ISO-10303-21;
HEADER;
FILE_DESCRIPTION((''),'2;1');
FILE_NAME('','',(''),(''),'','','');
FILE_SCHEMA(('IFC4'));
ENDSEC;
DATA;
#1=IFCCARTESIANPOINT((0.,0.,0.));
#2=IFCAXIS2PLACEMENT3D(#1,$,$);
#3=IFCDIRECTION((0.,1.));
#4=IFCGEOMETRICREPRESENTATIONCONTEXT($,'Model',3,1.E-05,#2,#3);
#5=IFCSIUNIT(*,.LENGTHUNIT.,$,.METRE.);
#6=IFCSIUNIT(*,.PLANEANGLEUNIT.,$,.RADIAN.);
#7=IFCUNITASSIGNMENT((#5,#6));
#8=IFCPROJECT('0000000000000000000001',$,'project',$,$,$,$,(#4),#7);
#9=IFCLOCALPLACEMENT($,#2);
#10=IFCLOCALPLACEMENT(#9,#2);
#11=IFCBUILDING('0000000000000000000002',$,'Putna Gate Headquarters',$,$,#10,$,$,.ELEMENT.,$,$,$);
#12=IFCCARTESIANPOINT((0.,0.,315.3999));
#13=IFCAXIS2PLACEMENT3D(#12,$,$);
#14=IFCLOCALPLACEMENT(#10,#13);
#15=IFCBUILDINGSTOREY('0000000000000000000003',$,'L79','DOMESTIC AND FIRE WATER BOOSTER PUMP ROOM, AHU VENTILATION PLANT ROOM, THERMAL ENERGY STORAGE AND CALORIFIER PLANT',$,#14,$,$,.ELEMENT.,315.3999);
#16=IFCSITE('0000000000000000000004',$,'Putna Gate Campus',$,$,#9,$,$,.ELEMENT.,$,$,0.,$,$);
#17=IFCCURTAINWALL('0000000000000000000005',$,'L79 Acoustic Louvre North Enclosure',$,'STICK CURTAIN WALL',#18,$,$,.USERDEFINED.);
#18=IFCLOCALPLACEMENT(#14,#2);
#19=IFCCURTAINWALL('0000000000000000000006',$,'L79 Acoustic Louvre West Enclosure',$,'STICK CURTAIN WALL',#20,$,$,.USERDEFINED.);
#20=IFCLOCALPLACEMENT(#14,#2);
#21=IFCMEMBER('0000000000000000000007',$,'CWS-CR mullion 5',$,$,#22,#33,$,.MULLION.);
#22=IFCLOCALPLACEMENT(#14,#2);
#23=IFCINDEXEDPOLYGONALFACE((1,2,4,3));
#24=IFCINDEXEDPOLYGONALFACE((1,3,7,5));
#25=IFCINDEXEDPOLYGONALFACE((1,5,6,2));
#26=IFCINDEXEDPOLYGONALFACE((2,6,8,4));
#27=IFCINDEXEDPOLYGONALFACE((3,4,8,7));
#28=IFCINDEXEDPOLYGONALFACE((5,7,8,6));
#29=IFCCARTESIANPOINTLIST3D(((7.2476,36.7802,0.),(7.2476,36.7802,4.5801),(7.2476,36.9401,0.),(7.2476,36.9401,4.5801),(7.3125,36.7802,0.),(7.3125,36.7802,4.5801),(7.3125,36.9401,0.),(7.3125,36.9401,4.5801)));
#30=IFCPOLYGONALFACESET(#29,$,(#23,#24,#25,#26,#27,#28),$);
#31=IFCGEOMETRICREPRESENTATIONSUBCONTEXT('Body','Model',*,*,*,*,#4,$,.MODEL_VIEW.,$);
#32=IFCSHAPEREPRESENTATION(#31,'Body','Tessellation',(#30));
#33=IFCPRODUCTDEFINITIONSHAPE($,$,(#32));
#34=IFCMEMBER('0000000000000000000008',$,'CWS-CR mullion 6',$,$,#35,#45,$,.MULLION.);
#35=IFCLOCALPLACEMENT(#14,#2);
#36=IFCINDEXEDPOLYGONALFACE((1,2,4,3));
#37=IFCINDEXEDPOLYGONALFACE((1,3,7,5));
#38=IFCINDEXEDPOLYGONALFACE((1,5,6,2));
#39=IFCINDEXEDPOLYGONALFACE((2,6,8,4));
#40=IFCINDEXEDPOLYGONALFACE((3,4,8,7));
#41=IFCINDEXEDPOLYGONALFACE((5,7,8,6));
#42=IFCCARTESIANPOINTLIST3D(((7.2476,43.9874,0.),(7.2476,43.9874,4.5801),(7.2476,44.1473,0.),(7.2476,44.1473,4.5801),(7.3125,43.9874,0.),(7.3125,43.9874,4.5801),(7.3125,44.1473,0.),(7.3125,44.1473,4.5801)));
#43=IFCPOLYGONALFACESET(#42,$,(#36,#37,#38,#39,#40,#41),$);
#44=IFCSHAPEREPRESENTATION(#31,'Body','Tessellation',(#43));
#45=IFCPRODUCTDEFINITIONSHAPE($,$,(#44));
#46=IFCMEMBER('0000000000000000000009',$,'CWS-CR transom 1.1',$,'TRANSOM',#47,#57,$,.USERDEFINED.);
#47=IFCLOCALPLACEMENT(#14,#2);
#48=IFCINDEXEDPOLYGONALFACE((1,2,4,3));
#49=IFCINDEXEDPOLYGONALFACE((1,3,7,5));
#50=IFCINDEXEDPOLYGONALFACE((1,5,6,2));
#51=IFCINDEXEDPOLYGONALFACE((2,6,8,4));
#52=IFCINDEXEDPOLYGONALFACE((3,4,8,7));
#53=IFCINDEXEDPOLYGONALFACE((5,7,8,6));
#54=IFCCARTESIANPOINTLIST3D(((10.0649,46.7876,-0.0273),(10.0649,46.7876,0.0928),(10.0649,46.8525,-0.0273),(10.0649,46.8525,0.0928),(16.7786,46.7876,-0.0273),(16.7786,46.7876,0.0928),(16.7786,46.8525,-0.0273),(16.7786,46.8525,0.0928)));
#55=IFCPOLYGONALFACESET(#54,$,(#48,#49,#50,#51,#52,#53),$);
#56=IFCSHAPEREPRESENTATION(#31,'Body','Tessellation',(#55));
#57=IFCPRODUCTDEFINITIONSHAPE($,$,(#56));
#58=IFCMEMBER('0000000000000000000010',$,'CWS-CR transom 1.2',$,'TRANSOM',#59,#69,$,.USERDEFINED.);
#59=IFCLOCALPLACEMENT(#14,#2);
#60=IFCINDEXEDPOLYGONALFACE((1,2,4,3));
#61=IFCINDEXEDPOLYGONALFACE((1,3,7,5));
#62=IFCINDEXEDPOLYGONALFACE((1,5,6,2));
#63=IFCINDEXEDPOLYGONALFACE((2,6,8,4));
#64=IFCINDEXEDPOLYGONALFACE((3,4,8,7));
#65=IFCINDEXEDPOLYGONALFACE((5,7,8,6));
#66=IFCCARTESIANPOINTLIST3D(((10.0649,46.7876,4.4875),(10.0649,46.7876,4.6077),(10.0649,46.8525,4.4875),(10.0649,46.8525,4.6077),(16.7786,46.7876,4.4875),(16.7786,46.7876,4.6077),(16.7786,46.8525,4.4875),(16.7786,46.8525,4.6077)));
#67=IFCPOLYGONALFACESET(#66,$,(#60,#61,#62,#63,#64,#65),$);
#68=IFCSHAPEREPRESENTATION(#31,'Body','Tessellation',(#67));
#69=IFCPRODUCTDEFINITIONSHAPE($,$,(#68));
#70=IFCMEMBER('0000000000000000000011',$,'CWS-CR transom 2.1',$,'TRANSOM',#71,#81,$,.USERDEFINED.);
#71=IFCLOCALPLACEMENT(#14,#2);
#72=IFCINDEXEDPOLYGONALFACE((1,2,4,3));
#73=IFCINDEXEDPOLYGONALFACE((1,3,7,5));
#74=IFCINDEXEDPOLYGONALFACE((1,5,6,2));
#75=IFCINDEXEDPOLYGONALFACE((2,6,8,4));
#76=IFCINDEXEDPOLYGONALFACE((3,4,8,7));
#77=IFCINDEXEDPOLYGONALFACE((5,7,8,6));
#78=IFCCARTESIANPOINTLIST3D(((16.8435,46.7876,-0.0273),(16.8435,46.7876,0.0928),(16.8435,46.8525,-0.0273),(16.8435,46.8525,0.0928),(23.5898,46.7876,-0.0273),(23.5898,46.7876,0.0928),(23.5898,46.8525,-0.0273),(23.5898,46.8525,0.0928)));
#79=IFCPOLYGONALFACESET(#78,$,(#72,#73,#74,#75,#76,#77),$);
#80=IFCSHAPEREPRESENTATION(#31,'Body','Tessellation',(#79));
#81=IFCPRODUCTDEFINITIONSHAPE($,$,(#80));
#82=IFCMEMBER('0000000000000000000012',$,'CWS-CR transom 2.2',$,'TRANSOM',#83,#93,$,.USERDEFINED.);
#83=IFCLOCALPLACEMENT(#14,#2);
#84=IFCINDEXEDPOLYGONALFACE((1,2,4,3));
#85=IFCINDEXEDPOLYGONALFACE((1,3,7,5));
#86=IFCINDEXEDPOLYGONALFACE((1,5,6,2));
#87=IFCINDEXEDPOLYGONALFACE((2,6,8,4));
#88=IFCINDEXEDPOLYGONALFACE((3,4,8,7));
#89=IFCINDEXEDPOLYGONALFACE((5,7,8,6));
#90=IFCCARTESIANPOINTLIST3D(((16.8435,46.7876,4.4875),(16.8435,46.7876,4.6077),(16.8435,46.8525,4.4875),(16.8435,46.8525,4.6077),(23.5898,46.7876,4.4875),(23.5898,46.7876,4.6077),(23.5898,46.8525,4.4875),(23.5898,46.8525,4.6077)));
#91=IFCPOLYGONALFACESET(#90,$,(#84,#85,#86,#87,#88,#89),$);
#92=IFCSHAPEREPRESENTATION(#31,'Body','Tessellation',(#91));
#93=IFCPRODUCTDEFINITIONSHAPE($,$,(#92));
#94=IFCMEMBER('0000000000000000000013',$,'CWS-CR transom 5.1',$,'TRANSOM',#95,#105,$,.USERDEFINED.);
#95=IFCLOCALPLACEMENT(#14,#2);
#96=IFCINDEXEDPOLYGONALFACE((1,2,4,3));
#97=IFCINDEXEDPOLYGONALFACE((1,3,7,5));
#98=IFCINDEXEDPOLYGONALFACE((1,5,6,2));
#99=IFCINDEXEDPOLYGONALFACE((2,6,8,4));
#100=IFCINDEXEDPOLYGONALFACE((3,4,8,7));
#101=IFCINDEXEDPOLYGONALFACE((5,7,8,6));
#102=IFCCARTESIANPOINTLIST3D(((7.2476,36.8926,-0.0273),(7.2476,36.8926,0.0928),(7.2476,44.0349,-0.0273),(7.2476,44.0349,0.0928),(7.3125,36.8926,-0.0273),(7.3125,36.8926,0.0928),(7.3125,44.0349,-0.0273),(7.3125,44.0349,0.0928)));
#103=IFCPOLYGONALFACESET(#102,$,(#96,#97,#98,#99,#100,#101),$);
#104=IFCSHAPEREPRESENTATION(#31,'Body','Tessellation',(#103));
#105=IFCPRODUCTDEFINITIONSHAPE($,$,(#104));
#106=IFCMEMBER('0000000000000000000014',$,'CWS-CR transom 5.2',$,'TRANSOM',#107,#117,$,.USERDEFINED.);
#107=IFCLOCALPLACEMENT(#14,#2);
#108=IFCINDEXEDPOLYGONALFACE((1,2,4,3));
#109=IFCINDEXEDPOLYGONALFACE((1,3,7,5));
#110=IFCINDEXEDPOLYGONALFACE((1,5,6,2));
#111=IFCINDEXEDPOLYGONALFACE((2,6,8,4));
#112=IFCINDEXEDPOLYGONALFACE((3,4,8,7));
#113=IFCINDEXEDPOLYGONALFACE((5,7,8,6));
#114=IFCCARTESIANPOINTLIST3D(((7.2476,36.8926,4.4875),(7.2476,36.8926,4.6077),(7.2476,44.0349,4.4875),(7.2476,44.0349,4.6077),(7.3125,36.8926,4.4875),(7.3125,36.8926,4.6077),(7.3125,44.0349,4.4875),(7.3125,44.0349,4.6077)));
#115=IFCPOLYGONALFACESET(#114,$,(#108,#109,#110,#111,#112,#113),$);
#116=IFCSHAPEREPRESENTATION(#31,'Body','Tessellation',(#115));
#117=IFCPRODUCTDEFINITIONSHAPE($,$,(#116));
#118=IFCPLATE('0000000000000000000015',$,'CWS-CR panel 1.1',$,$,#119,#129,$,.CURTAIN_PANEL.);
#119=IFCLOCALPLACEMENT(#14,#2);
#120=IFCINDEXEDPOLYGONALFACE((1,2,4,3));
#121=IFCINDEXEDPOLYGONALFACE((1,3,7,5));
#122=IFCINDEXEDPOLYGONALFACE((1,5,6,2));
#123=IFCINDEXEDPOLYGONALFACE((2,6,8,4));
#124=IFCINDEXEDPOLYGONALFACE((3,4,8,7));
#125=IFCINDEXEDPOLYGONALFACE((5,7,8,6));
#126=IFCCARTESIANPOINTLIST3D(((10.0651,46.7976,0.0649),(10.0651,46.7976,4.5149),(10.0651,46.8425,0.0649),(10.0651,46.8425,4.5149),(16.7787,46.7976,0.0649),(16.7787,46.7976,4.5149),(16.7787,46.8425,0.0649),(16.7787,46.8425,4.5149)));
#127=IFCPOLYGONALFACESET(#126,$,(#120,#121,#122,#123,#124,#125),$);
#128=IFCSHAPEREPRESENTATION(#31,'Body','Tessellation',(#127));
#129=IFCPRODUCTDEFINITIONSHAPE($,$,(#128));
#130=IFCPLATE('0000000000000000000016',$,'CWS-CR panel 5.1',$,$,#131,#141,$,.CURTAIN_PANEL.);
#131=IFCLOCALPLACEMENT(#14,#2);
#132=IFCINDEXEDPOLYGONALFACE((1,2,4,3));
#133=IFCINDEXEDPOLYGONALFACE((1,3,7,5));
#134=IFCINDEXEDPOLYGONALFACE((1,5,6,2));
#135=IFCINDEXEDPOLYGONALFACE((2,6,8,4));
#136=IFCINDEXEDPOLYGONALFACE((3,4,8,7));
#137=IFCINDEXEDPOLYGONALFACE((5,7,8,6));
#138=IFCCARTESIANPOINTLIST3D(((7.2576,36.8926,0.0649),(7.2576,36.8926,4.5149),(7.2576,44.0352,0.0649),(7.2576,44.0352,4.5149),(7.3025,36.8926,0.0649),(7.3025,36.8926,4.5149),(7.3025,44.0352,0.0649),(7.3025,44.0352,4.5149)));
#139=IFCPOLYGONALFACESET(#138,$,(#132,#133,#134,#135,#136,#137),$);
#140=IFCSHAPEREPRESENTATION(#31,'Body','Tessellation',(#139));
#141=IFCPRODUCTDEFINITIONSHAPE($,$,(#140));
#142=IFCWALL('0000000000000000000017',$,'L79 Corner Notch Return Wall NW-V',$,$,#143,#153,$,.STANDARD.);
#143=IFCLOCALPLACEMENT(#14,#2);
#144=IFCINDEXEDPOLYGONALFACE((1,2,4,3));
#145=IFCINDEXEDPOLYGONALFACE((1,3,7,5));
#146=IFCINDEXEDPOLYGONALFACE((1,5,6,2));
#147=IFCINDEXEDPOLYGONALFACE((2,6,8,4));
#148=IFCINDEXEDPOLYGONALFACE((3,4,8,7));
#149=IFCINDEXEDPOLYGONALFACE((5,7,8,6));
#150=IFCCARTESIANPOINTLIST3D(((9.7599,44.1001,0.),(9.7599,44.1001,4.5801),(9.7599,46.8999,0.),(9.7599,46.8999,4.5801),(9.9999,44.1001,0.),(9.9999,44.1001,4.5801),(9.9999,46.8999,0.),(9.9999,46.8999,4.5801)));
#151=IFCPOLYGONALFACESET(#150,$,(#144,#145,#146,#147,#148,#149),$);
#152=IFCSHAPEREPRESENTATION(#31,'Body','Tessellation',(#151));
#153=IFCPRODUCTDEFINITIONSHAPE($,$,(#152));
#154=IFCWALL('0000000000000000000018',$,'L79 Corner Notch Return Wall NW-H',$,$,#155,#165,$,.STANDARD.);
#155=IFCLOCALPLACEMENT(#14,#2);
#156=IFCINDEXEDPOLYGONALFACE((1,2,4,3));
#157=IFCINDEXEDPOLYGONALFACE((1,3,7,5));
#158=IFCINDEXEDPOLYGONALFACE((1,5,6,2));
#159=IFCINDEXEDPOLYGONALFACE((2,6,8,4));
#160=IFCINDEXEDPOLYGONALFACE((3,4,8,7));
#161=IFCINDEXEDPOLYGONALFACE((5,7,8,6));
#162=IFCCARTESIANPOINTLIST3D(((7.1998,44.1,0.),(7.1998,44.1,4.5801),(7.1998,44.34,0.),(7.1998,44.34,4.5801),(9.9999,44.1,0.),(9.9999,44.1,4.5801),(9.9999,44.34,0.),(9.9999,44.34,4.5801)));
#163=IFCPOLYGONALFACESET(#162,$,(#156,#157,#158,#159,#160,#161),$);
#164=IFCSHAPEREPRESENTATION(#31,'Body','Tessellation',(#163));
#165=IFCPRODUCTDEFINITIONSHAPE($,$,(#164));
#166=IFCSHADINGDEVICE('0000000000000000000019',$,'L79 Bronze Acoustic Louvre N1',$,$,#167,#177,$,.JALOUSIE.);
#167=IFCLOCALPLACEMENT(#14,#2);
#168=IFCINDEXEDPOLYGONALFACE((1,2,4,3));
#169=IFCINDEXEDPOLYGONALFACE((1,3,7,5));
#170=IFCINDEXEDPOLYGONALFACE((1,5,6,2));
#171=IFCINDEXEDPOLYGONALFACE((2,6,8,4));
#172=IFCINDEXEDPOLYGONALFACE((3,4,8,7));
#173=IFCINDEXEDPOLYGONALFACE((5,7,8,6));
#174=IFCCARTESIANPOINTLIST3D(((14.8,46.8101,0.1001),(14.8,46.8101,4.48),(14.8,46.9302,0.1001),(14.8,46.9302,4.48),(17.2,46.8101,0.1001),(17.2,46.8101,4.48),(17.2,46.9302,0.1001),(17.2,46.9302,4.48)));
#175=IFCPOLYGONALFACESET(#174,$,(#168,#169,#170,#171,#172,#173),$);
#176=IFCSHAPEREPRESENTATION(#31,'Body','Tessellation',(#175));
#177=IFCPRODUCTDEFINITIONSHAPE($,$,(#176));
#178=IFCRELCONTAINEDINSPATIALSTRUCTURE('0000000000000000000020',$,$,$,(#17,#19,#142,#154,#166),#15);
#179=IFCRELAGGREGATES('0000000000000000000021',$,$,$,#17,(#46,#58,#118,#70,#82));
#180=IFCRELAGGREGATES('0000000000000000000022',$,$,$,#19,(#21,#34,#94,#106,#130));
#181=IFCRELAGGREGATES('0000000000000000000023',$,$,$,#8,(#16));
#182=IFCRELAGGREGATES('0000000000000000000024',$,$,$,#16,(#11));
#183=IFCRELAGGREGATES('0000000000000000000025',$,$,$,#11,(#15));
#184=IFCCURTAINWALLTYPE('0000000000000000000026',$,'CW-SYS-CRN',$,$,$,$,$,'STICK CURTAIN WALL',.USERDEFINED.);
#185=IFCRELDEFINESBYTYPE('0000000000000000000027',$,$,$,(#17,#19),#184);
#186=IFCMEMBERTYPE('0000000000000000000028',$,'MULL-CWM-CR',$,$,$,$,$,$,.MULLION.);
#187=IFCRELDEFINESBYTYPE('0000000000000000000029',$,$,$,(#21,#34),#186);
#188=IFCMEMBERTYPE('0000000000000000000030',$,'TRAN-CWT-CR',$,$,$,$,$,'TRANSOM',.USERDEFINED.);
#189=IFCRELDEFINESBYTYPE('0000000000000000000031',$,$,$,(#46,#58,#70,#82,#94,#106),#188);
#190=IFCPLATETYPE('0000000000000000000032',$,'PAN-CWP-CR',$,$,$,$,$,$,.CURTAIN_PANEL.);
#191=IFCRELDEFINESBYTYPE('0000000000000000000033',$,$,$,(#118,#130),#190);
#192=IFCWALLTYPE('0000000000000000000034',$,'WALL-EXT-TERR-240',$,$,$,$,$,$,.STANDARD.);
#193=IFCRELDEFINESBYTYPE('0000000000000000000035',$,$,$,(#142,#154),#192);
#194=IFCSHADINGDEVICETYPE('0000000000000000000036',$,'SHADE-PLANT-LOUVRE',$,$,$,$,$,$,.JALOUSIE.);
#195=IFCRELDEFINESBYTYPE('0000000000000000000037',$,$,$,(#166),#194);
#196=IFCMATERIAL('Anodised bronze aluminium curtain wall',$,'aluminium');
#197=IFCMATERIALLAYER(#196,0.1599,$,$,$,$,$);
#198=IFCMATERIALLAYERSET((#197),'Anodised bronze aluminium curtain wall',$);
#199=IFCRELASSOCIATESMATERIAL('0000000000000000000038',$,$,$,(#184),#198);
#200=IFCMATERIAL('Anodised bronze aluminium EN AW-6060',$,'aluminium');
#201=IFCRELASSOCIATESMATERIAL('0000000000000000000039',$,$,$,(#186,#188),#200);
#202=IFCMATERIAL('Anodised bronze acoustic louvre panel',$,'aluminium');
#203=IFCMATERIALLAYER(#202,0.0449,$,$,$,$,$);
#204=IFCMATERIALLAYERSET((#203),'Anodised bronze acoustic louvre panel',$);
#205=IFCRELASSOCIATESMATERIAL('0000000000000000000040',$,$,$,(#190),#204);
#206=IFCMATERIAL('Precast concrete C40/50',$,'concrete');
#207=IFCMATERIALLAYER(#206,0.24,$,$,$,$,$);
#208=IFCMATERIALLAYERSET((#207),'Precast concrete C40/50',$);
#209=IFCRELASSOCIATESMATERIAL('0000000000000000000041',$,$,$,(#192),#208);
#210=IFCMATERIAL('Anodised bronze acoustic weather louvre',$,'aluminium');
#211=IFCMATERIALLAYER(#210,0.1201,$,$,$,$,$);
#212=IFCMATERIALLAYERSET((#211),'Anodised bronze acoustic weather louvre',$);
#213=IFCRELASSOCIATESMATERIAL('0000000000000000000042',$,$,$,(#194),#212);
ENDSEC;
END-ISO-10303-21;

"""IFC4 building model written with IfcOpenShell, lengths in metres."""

from ifc_helpers import new_model, si_unit, direction, frame, frame_2d, origin, origin_2d, place, context, subcontext, project, spatial, rectangle, extrude, material, layer, layer_set, material_profile, profile_set, type_object, element, aggregate, save


model = new_model("IFC4")

# Units and contexts
model_context = context("Model", 3, precision=1e-05, world=origin(), true_north=direction((0.0, 1.0)))
body_context = subcontext(model_context, "Body", "Model", "MODEL_VIEW")
ifc_project = project(units=[si_unit("LENGTHUNIT", "METRE"), si_unit("PLANEANGLEUNIT", "RADIAN")], contexts=[model_context])

# Site, building, storey
site_placement = place(None, origin())
site = spatial("IfcSite", under=ifc_project, at=site_placement, Name="Putna Gate Campus", CompositionType="ELEMENT", RefElevation=0.0)
building_placement = place(site_placement, origin())
building = spatial("IfcBuilding", under=site, at=building_placement, Name="Putna Gate Headquarters", CompositionType="ELEMENT")
storey_placement = place(building_placement, frame((0.0, 0.0, 315.3999)))
storey = spatial("IfcBuildingStorey", under=building, at=storey_placement, Name="L79", Description="DOMESTIC AND FIRE WATER BOOSTER PUMP ROOM, AHU VENTILATION PLANT ROOM, THERMAL ENERGY STORAGE AND CALORIFIER PLANT", CompositionType="ELEMENT", Elevation=315.3999)

# Curtain walls, members
ifc_material_1 = material(Name="Anodised bronze aluminium curtain wall", Category="aluminium")
ifc_layer_1 = layer(ifc_material_1, 0.1599)
ifc_layer_set_1 = layer_set([ifc_layer_1], Name="Anodised bronze aluminium curtain wall")
curtain_wall_type = type_object("IfcCurtainWallType", Name="CW-SYS-CRN", ElementType="STICK CURTAIN WALL", PredefinedType="USERDEFINED", material=ifc_layer_set_1)
curtain_wall_1_placement = place(storey_placement, origin())
curtain_wall_1 = element("IfcCurtainWall", 1, at=curtain_wall_1_placement, inside=storey, type_object=curtain_wall_type, Name="L79 Acoustic Louvre North Enclosure", ObjectType="STICK CURTAIN WALL", PredefinedType="USERDEFINED")
ifc_material_2 = material(Name="Anodised bronze aluminium EN AW-6060", Category="aluminium")
ifc_material_profile_1 = material_profile(ifc_material_2, rectangle(XDim=0.0649, YDim=0.1599, at=origin_2d()), Name="Anodised bronze aluminium EN AW-6060")
ifc_profile_set_1 = profile_set([ifc_material_profile_1], Name="Anodised bronze aluminium EN AW-6060")
member_type_1 = type_object("IfcMemberType", Name="MULL-CWM-CR", PredefinedType="MULLION", material=ifc_profile_set_1)
curtain_wall_2_placement = place(storey_placement, origin())
curtain_wall_2 = element("IfcCurtainWall", 2, at=curtain_wall_2_placement, inside=storey, type_object=curtain_wall_type, Name="L79 Acoustic Louvre West Enclosure", ObjectType="STICK CURTAIN WALL", PredefinedType="USERDEFINED")
member_1_placement = place(storey_placement, frame((7.28, 36.8601, 0.0), z_axis=(0.0, 0.0, 1.0), x_axis=(-1.0, 0.0, 0.0)))
member_1 = element("IfcMember", 3, at=member_1_placement, type_object=member_type_1, Name="CWS-CR mullion 5", PredefinedType="MULLION", context=body_context, shape_type="SweptSolid", body=[
    extrude(rectangle(XDim=0.0649, YDim=0.1599, at=origin_2d()), origin(), (0.0, 0.0, 1.0), 4.5801),
])
member_2_placement = place(storey_placement, frame((7.28, 44.0674, 0.0), z_axis=(0.0, 0.0, 1.0), x_axis=(-1.0, 0.0, 0.0)))
member_2 = element("IfcMember", 4, at=member_2_placement, type_object=member_type_1, Name="CWS-CR mullion 6", PredefinedType="MULLION", context=body_context, shape_type="SweptSolid", body=[
    extrude(rectangle(XDim=0.0649, YDim=0.1599, at=origin_2d()), origin(), (0.0, 0.0, 1.0), 4.5801),
])

# Members
ifc_material_profile_2 = material_profile(ifc_material_2, rectangle(XDim=0.0649, YDim=0.1201, at=origin_2d()), Name="Anodised bronze aluminium EN AW-6060")
ifc_profile_set_2 = profile_set([ifc_material_profile_2], Name="Anodised bronze aluminium EN AW-6060")
member_type_2 = type_object("IfcMemberType", Name="TRAN-CWT-CR", ElementType="TRANSOM", PredefinedType="USERDEFINED", material=ifc_profile_set_2)
member_3_placement = place(storey_placement, frame((10.0649, 46.8201, 0.0327), z_axis=(1.0, 0.0, 0.0), x_axis=(0.0, 1.0, 0.0)))
member_3 = element("IfcMember", 5, at=member_3_placement, type_object=member_type_2, Name="CWS-CR transom 1.1", ObjectType="TRANSOM", PredefinedType="USERDEFINED", context=body_context, shape_type="SweptSolid", body=[
    extrude(rectangle(XDim=0.0649, YDim=0.1201, at=origin_2d()), origin(), (0.0, 0.0, 1.0), 6.7136),
])
member_4_placement = place(storey_placement, frame((10.0649, 46.8201, 4.5476), z_axis=(1.0, 0.0, 0.0), x_axis=(0.0, 1.0, 0.0)))
member_4 = element("IfcMember", 6, at=member_4_placement, type_object=member_type_2, Name="CWS-CR transom 1.2", ObjectType="TRANSOM", PredefinedType="USERDEFINED", context=body_context, shape_type="SweptSolid", body=[
    extrude(rectangle(XDim=0.0649, YDim=0.1201, at=origin_2d()), origin(), (0.0, 0.0, 1.0), 6.7136),
])
member_5_placement = place(storey_placement, frame((16.8435, 46.8201, 0.0327), z_axis=(1.0, 0.0, 0.0), x_axis=(0.0, 1.0, 0.0)))
member_5 = element("IfcMember", 7, at=member_5_placement, type_object=member_type_2, Name="CWS-CR transom 2.1", ObjectType="TRANSOM", PredefinedType="USERDEFINED", context=body_context, shape_type="SweptSolid", body=[
    extrude(rectangle(XDim=0.0649, YDim=0.1201, at=origin_2d()), origin(), (0.0, 0.0, 1.0), 6.7463),
])
member_6_placement = place(storey_placement, frame((16.8435, 46.8201, 4.5476), z_axis=(1.0, 0.0, 0.0), x_axis=(0.0, 1.0, 0.0)))
member_6 = element("IfcMember", 8, at=member_6_placement, type_object=member_type_2, Name="CWS-CR transom 2.2", ObjectType="TRANSOM", PredefinedType="USERDEFINED", context=body_context, shape_type="SweptSolid", body=[
    extrude(rectangle(XDim=0.0649, YDim=0.1201, at=origin_2d()), origin(), (0.0, 0.0, 1.0), 6.7463),
])
member_7_placement = place(storey_placement, frame((7.28, 36.8926, 0.0327), z_axis=(0.0, 1.0, 0.0), x_axis=(-1.0, 0.0, 0.0)))
member_7 = element("IfcMember", 9, at=member_7_placement, type_object=member_type_2, Name="CWS-CR transom 5.1", ObjectType="TRANSOM", PredefinedType="USERDEFINED", context=body_context, shape_type="SweptSolid", body=[
    extrude(rectangle(XDim=0.0649, YDim=0.1201, at=origin_2d()), origin(), (0.0, 0.0, 1.0), 7.1423),
])
member_8_placement = place(storey_placement, frame((7.28, 36.8926, 4.5476), z_axis=(0.0, 1.0, 0.0), x_axis=(-1.0, 0.0, 0.0)))
member_8 = element("IfcMember", 10, at=member_8_placement, type_object=member_type_2, Name="CWS-CR transom 5.2", ObjectType="TRANSOM", PredefinedType="USERDEFINED", context=body_context, shape_type="SweptSolid", body=[
    extrude(rectangle(XDim=0.0649, YDim=0.1201, at=origin_2d()), origin(), (0.0, 0.0, 1.0), 7.1423),
])

# Plates
ifc_material_3 = material(Name="Anodised bronze acoustic louvre panel", Category="aluminium")
ifc_layer_2 = layer(ifc_material_3, 0.0449)
ifc_layer_set_2 = layer_set([ifc_layer_2], Name="Anodised bronze acoustic louvre panel")
plate_type = type_object("IfcPlateType", Name="PAN-CWP-CR", PredefinedType="CURTAIN_PANEL", material=ifc_layer_set_2)
plate_1_placement = place(storey_placement, frame((13.4219, 46.8201, 0.0649), z_axis=(0.0, 0.0, 1.0), x_axis=(1.0, 0.0, 0.0)))
plate_1 = element("IfcPlate", 11, at=plate_1_placement, type_object=plate_type, Name="CWS-CR panel 1.1", PredefinedType="CURTAIN_PANEL", context=body_context, shape_type="SweptSolid", body=[
    extrude(rectangle(XDim=6.7136, YDim=0.0449, at=origin_2d()), origin(), (0.0, 0.0, 1.0), 4.45),
])
aggregate(curtain_wall_1, [member_3, member_4, plate_1, member_5, member_6])
plate_2_placement = place(storey_placement, frame((7.28, 40.4639, 0.0649), z_axis=(0.0, 0.0, 1.0), x_axis=(0.0, 1.0, 0.0)))
plate_2 = element("IfcPlate", 12, at=plate_2_placement, type_object=plate_type, Name="CWS-CR panel 5.1", PredefinedType="CURTAIN_PANEL", context=body_context, shape_type="SweptSolid", body=[
    extrude(rectangle(XDim=7.1426, YDim=0.0449, at=origin_2d()), origin(), (0.0, 0.0, 1.0), 4.45),
])
aggregate(curtain_wall_2, [member_1, member_2, member_7, member_8, plate_2])

# Walls
ifc_material_4 = material(Name="Precast concrete C40/50", Category="concrete")
ifc_layer_3 = layer(ifc_material_4, 0.24)
ifc_layer_set_3 = layer_set([ifc_layer_3], Name="Precast concrete C40/50")
wall_type = type_object("IfcWallType", Name="WALL-EXT-TERR-240", PredefinedType="STANDARD", material=ifc_layer_set_3)
wall_1_placement = place(storey_placement, frame((9.8799, 44.1001, 0.0), z_axis=(0.0, 0.0, 1.0), x_axis=(0.0, 1.0, 0.0)))
element("IfcWall", 13, at=wall_1_placement, inside=storey, type_object=wall_type, Name="L79 Corner Notch Return Wall NW-V", PredefinedType="STANDARD", context=body_context, shape_type="SweptSolid", body=[
    extrude(rectangle(XDim=2.7998, YDim=0.24, at=frame_2d((1.3999, 0.0))), origin(), (0.0, 0.0, 1.0), 4.5801),
])
wall_2_placement = place(storey_placement, frame((7.2, 44.22, 0.0), z_axis=(0.0, 0.0, 1.0), x_axis=(1.0, 0.0, 0.0)))
element("IfcWall", 14, at=wall_2_placement, inside=storey, type_object=wall_type, Name="L79 Corner Notch Return Wall NW-H", PredefinedType="STANDARD", context=body_context, shape_type="SweptSolid", body=[
    extrude(rectangle(XDim=2.8, YDim=0.24, at=frame_2d((1.3999, 0.0))), origin(), (0.0, 0.0, 1.0), 4.5801),
])

# Shading device
ifc_material_5 = material(Name="Anodised bronze acoustic weather louvre", Category="aluminium")
ifc_layer_4 = layer(ifc_material_5, 0.1201)
ifc_layer_set_4 = layer_set([ifc_layer_4], Name="Anodised bronze acoustic weather louvre")
shading_device_type = type_object("IfcShadingDeviceType", Name="SHADE-PLANT-LOUVRE", PredefinedType="JALOUSIE", material=ifc_layer_set_4)
shading_device_placement = place(storey_placement, frame((16.0, 46.8701, 0.1001), z_axis=(0.0, 0.0, 1.0), x_axis=(1.0, 0.0, 0.0)))
element("IfcShadingDevice", 15, at=shading_device_placement, inside=storey, type_object=shading_device_type, Name="L79 Bronze Acoustic Louvre N1", PredefinedType="JALOUSIE", context=body_context, shape_type="SweptSolid", body=[
    extrude(rectangle(XDim=2.3999, YDim=0.1201, at=origin_2d()), origin(), (0.0, 0.0, 1.0), 4.3799),
])

save(model, "model.ifc")
